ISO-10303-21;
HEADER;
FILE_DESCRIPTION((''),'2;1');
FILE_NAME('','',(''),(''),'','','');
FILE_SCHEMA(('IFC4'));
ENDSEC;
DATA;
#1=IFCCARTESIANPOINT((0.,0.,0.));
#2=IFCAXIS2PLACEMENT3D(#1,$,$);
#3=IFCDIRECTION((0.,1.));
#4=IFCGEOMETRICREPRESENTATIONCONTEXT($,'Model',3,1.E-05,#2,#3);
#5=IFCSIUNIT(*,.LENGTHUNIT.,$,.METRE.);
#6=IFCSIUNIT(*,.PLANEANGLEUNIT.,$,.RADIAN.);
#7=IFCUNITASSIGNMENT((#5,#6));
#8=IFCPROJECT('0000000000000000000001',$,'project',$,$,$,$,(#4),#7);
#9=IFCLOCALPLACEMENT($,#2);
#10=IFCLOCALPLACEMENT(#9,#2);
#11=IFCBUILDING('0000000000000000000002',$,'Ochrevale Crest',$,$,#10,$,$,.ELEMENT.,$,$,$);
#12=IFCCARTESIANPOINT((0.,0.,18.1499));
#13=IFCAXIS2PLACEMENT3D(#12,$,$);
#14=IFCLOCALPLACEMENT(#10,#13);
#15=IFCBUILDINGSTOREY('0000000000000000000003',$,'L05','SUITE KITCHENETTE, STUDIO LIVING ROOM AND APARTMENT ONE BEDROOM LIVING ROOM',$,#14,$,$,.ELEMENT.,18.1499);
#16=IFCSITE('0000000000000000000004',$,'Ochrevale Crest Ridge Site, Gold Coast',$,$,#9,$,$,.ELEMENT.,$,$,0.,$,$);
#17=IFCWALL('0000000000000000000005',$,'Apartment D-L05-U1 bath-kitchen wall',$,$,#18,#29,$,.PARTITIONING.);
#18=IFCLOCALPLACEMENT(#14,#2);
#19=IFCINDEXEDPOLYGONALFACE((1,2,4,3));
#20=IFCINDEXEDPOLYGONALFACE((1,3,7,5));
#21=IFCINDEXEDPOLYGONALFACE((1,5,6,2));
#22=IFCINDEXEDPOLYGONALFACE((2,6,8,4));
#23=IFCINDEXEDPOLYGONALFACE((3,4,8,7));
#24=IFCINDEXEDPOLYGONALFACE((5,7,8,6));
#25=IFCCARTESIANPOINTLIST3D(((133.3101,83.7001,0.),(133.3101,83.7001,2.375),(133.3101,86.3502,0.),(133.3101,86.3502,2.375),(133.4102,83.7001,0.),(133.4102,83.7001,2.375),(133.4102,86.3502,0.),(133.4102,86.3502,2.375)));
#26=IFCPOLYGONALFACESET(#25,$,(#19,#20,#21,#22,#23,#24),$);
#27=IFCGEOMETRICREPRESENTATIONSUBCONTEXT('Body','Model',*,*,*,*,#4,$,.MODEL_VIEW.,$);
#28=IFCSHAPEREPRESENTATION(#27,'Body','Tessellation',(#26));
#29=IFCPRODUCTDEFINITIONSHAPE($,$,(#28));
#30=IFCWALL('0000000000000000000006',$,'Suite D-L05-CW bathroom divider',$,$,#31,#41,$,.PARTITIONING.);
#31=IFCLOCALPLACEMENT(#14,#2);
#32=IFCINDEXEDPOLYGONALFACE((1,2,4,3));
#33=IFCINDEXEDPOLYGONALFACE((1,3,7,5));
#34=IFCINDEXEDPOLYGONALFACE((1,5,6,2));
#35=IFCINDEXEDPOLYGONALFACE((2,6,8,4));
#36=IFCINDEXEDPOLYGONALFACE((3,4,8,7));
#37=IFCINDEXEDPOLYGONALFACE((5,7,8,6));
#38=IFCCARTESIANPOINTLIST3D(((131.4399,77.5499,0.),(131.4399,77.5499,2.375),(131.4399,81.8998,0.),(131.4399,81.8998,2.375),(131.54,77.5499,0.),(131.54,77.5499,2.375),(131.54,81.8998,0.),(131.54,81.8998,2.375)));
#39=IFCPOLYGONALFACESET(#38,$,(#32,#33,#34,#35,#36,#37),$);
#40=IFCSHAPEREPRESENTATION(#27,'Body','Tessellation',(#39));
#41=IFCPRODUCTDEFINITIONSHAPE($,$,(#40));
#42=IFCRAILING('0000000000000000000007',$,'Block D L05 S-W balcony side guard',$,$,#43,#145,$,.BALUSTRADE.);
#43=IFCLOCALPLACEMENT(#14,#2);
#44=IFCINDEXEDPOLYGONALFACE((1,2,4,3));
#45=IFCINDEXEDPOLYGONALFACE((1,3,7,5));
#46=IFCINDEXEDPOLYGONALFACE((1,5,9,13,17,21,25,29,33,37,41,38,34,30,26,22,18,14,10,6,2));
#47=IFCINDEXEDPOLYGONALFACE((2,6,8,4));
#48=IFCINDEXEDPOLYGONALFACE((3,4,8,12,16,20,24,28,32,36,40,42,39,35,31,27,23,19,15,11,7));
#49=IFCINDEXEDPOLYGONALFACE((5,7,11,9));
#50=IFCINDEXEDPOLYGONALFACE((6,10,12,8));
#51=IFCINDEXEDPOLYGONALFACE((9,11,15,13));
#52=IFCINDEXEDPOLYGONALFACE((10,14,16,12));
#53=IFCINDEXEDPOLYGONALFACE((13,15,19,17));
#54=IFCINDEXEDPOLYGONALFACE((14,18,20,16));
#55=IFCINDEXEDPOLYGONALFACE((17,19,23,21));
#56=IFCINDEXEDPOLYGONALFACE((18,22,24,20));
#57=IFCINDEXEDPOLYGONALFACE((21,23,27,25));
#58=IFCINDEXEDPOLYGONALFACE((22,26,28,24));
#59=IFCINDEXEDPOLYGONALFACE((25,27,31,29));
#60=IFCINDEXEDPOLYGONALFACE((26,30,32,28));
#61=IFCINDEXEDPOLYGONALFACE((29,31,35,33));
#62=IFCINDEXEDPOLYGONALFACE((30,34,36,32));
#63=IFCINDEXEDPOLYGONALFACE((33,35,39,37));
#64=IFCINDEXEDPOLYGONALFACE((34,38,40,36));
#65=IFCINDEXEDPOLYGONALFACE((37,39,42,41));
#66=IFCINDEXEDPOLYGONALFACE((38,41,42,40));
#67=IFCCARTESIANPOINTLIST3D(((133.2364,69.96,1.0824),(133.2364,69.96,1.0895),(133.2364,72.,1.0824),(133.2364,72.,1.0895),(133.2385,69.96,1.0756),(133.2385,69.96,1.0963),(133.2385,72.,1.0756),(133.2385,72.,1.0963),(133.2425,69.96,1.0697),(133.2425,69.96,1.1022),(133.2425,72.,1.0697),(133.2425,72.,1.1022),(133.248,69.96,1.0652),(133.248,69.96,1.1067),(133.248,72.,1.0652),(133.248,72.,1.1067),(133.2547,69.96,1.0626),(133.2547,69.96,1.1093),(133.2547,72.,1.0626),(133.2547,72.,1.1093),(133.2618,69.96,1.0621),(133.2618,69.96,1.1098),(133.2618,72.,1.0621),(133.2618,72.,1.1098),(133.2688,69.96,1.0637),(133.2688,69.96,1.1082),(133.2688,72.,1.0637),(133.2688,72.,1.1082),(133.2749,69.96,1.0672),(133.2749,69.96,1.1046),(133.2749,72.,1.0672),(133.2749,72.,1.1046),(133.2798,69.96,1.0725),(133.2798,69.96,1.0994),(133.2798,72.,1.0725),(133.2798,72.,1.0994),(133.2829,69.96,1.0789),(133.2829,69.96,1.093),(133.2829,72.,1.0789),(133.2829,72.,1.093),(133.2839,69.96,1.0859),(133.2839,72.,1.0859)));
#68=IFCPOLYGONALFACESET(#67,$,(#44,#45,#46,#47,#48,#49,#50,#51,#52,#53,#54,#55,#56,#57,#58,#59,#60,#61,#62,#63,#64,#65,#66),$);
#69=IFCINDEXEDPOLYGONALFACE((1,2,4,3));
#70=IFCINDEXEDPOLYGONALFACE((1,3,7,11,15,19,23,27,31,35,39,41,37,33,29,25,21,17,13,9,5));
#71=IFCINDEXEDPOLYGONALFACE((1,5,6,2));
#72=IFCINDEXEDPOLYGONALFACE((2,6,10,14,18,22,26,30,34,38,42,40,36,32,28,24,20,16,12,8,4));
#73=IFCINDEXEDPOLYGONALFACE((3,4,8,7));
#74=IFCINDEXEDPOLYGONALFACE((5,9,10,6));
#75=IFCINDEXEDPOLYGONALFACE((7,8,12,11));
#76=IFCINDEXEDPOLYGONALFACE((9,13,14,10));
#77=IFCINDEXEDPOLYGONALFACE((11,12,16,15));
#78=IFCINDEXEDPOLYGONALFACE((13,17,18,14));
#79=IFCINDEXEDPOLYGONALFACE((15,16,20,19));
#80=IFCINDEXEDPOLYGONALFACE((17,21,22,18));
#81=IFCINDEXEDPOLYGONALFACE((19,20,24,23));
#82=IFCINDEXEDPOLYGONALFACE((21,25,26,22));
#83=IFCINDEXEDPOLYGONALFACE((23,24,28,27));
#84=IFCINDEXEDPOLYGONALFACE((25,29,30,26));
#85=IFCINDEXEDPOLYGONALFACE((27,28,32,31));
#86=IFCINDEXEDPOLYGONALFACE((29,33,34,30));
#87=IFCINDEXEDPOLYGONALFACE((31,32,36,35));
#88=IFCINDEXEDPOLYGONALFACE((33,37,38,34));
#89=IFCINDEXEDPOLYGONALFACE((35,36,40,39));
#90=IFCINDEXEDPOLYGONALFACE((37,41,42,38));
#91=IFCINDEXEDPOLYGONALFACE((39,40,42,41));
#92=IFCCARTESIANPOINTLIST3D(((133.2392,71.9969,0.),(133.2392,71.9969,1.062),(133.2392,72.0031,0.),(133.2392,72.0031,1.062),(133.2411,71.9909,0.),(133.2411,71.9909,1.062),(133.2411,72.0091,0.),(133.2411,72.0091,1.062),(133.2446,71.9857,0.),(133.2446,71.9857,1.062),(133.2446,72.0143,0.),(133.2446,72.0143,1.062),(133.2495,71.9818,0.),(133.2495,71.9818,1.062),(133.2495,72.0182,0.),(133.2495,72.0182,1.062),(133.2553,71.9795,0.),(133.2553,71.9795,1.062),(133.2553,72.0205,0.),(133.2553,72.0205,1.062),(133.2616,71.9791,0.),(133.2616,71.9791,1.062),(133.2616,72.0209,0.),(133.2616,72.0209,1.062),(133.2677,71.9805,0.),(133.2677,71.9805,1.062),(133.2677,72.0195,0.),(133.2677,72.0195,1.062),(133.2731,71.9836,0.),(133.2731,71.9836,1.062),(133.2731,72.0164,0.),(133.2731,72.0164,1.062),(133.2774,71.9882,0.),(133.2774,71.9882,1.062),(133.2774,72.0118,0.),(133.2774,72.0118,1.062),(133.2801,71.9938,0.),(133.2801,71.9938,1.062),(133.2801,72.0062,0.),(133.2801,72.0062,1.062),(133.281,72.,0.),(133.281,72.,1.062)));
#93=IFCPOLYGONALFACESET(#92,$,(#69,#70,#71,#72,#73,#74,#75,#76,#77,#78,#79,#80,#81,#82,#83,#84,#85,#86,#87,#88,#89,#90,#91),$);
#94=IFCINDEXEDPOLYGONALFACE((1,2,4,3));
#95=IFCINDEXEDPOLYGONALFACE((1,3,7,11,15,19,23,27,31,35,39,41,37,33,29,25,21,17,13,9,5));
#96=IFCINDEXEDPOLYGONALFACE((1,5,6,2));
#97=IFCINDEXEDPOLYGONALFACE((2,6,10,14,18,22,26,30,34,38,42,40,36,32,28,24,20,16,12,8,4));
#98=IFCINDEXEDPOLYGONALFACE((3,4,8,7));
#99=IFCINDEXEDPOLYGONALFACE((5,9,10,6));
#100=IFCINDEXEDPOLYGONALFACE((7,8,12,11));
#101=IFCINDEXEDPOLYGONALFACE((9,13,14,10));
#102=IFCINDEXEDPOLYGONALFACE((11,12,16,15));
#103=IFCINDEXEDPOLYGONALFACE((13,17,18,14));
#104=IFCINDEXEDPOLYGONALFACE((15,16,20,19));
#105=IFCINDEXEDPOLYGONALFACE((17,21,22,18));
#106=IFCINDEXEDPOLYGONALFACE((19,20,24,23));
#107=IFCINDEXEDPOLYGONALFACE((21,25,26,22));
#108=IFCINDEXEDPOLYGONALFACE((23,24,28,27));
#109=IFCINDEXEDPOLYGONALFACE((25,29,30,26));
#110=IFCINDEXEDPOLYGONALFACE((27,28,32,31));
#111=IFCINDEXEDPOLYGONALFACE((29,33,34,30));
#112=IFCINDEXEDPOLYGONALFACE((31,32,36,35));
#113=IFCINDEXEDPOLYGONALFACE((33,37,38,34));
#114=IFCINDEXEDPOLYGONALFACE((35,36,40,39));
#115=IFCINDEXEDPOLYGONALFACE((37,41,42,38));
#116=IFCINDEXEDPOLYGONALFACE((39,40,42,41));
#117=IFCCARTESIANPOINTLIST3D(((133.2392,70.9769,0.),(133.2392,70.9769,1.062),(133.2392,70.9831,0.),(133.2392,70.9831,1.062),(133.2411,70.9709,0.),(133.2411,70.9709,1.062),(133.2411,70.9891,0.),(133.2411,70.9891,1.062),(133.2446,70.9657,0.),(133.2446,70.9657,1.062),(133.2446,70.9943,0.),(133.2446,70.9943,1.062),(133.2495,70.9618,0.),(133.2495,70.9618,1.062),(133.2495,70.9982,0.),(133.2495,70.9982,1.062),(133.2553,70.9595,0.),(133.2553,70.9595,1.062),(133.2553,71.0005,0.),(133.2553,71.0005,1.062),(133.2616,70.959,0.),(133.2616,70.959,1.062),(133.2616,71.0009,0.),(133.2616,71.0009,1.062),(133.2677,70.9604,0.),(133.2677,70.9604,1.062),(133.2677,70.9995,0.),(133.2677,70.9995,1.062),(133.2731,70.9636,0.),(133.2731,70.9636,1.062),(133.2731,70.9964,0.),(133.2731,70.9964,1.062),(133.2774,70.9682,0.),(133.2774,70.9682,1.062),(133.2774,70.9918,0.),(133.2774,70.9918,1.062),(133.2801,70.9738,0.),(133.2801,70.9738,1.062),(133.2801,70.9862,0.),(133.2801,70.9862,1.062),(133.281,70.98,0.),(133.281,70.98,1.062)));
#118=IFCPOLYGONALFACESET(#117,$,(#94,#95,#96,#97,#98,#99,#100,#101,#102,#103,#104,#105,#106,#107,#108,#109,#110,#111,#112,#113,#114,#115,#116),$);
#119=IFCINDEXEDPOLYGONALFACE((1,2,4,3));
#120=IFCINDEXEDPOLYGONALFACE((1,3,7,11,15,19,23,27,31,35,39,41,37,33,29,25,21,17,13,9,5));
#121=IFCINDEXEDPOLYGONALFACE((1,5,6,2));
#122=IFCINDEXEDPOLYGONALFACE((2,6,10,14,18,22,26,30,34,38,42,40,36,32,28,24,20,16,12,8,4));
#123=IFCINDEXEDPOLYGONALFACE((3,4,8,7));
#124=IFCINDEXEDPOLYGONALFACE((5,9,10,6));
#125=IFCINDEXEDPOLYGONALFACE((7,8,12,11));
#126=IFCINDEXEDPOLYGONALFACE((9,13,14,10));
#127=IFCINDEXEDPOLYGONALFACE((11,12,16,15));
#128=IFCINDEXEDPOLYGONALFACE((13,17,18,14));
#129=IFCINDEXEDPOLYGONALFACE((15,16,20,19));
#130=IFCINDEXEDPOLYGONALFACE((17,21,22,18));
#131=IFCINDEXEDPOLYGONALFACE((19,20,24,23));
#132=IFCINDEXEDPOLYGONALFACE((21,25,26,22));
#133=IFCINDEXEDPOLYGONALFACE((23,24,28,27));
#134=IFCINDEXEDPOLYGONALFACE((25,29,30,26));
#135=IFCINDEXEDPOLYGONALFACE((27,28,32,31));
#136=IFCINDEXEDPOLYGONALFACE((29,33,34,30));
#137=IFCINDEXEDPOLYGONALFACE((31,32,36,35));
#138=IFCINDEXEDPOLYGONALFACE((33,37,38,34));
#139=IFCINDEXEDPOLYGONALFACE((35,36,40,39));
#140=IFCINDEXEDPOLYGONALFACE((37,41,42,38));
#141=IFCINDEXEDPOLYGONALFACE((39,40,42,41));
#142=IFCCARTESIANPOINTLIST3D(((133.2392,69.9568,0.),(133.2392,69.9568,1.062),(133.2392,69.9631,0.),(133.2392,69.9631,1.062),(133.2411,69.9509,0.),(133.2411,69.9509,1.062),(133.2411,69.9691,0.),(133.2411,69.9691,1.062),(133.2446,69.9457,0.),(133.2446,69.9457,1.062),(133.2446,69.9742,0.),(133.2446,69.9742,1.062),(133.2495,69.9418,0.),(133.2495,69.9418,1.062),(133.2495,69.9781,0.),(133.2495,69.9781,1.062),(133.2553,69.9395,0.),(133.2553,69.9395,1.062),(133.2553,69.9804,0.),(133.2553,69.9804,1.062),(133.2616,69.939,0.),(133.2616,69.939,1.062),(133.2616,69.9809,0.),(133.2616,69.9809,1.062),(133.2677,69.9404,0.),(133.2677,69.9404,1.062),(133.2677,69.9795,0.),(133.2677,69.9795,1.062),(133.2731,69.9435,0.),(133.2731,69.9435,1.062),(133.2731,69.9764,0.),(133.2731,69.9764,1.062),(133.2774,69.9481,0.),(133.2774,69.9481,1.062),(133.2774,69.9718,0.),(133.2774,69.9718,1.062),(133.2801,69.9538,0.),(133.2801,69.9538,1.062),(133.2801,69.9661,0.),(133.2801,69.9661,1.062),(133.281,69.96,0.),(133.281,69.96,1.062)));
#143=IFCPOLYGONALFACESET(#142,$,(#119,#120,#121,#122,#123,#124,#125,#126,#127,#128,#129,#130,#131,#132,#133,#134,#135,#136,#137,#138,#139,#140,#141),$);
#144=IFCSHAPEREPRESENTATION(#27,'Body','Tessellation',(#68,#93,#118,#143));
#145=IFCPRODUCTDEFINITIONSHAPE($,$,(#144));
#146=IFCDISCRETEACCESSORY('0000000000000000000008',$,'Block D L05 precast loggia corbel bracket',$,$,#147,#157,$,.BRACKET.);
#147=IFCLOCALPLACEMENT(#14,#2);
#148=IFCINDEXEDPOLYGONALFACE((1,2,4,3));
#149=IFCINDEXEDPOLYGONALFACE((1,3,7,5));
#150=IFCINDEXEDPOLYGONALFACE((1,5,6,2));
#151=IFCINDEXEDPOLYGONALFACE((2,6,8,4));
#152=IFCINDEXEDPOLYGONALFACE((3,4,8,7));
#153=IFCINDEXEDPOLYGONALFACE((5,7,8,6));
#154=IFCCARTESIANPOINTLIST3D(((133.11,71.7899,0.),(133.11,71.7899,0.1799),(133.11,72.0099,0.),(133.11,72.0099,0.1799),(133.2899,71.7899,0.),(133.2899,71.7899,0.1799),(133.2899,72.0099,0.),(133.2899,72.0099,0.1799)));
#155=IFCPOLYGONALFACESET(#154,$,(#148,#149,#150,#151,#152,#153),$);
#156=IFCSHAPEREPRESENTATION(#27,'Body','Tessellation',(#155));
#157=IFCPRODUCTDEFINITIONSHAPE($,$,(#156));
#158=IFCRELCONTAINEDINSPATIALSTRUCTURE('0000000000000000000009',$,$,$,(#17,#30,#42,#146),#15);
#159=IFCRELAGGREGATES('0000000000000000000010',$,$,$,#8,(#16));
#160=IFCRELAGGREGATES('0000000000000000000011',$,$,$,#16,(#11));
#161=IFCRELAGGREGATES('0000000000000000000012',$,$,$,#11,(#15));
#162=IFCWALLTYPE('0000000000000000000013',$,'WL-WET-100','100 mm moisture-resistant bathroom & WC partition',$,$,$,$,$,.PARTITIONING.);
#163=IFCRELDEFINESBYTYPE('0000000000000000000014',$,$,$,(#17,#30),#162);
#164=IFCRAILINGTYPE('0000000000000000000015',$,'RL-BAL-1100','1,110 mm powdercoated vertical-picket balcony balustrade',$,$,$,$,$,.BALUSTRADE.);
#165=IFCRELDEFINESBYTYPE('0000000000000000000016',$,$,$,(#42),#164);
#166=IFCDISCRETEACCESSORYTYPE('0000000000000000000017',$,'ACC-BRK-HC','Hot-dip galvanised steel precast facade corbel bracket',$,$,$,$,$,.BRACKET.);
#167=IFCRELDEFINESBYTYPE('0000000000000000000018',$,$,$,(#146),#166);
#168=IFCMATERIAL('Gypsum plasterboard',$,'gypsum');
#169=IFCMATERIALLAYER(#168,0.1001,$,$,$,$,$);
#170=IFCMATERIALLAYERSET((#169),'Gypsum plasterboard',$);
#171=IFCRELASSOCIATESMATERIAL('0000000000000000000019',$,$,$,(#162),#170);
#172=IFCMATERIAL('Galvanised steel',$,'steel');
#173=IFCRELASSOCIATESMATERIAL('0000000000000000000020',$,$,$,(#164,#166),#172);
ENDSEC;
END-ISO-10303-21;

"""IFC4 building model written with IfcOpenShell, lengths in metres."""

from ifc_helpers import new_model, si_unit, direction, frame, frame_2d, origin, origin_2d, place, context, subcontext, project, spatial, rectangle, circle, extrude, material, layer, layer_set, type_object, element, save


model = new_model("IFC4")

# Units and contexts
model_context = context("Model", 3, precision=1e-05, world=origin(), true_north=direction((0.0, 1.0)))
body_context = subcontext(model_context, "Body", "Model", "MODEL_VIEW")
ifc_project = project(units=[si_unit("LENGTHUNIT", "METRE"), si_unit("PLANEANGLEUNIT", "RADIAN")], contexts=[model_context])

# Site, building, storey
site_placement = place(None, origin())
site = spatial("IfcSite", under=ifc_project, at=site_placement, Name="Ochrevale Crest Ridge Site, Gold Coast", CompositionType="ELEMENT", RefElevation=0.0)
building_placement = place(site_placement, origin())
building = spatial("IfcBuilding", under=site, at=building_placement, Name="Ochrevale Crest", CompositionType="ELEMENT")
storey_placement = place(building_placement, frame((0.0, 0.0, 18.1499)))
storey = spatial("IfcBuildingStorey", under=building, at=storey_placement, Name="L05", Description="SUITE KITCHENETTE, STUDIO LIVING ROOM AND APARTMENT ONE BEDROOM LIVING ROOM", CompositionType="ELEMENT", Elevation=18.1499)

# Walls
ifc_material_1 = material(Name="Gypsum plasterboard", Category="gypsum")
ifc_layer_1 = layer(ifc_material_1, 0.1001)
ifc_layer_set_1 = layer_set([ifc_layer_1], Name="Gypsum plasterboard")
wall_type_1 = type_object("IfcWallType", Name="WL-WET-100", Description="100 mm moisture-resistant bathroom & WC partition", PredefinedType="PARTITIONING", material=ifc_layer_set_1)
wall_1_placement = place(storey_placement, frame((133.3601, 83.7, 0.0), z_axis=(0.0, 0.0, 1.0), x_axis=(0.0, 1.0, 0.0)))
element("IfcWall", 1, at=wall_1_placement, inside=storey, type_object=wall_type_1, Name="Apartment D-L05-U1 bath-kitchen wall", PredefinedType="PARTITIONING", context=body_context, shape_type="SweptSolid", body=[
    extrude(rectangle(XDim=2.6501, YDim=0.1001, at=frame_2d((1.3252, 0.0))), origin(), (0.0, 0.0, 1.0), 2.375),
])
wall_2_placement = place(storey_placement, frame((131.49, 77.55, 0.0), z_axis=(0.0, 0.0, 1.0), x_axis=(0.0, 1.0, 0.0)))
element("IfcWall", 2, at=wall_2_placement, inside=storey, type_object=wall_type_1, Name="Suite D-L05-CW bathroom divider", PredefinedType="PARTITIONING", context=body_context, shape_type="SweptSolid", body=[
    extrude(rectangle(XDim=4.3499, YDim=0.1001, at=frame_2d((2.1748, 0.0))), origin(), (0.0, 0.0, 1.0), 2.375),
])

# Railing
ifc_material_2 = material(Name="Galvanised steel", Category="steel")
railing_type = type_object("IfcRailingType", Name="RL-BAL-1100", Description="1,110 mm powdercoated vertical-picket balcony balustrade", PredefinedType="BALUSTRADE", material=ifc_material_2)
railing_1_placement = place(storey_placement, frame((133.26, 72.0, 0.0)))
element("IfcRailing", 3, at=railing_1_placement, inside=storey, type_object=railing_type, Name="Block D L05 S-W balcony side guard", PredefinedType="BALUSTRADE", context=body_context, shape_type="SweptSolid", body=[
    extrude(circle(Radius=0.0239, at=origin_2d()), frame((0.0, 0.0, 1.0859), z_axis=(0.0, -1.0, 0.0), x_axis=(1.0, 0.0, 0.0)), (0.0, 0.0, 1.0), 2.04),
    extrude(circle(Radius=0.021, at=origin_2d()), origin(), (0.0, 0.0, 1.0), 1.062),
    extrude(circle(Radius=0.021, at=origin_2d()), frame((0.0, -1.02, 0.0)), (0.0, 0.0, 1.0), 1.062),
    extrude(circle(Radius=0.021, at=origin_2d()), frame((0.0, -2.04, 0.0)), (0.0, 0.0, 1.0), 1.062),
])

# Discrete accessory
discrete_accessory_type = type_object("IfcDiscreteAccessoryType", Name="ACC-BRK-HC", Description="Hot-dip galvanised steel precast facade corbel bracket", PredefinedType="BRACKET", material=ifc_material_2)
discrete_accessory_placement = place(storey_placement, frame((133.2, 71.8999, 0.0), z_axis=(0.0, 0.0, 1.0), x_axis=(1.0, 0.0, 0.0)))
element("IfcDiscreteAccessory", 4, at=discrete_accessory_placement, inside=storey, type_object=discrete_accessory_type, Name="Block D L05 precast loggia corbel bracket", PredefinedType="BRACKET", context=body_context, shape_type="SweptSolid", body=[
    extrude(rectangle(XDim=0.1799, YDim=0.22, at=origin_2d()), origin(), (0.0, 0.0, 1.0), 0.1799),
])

save(model, "model.ifc")
